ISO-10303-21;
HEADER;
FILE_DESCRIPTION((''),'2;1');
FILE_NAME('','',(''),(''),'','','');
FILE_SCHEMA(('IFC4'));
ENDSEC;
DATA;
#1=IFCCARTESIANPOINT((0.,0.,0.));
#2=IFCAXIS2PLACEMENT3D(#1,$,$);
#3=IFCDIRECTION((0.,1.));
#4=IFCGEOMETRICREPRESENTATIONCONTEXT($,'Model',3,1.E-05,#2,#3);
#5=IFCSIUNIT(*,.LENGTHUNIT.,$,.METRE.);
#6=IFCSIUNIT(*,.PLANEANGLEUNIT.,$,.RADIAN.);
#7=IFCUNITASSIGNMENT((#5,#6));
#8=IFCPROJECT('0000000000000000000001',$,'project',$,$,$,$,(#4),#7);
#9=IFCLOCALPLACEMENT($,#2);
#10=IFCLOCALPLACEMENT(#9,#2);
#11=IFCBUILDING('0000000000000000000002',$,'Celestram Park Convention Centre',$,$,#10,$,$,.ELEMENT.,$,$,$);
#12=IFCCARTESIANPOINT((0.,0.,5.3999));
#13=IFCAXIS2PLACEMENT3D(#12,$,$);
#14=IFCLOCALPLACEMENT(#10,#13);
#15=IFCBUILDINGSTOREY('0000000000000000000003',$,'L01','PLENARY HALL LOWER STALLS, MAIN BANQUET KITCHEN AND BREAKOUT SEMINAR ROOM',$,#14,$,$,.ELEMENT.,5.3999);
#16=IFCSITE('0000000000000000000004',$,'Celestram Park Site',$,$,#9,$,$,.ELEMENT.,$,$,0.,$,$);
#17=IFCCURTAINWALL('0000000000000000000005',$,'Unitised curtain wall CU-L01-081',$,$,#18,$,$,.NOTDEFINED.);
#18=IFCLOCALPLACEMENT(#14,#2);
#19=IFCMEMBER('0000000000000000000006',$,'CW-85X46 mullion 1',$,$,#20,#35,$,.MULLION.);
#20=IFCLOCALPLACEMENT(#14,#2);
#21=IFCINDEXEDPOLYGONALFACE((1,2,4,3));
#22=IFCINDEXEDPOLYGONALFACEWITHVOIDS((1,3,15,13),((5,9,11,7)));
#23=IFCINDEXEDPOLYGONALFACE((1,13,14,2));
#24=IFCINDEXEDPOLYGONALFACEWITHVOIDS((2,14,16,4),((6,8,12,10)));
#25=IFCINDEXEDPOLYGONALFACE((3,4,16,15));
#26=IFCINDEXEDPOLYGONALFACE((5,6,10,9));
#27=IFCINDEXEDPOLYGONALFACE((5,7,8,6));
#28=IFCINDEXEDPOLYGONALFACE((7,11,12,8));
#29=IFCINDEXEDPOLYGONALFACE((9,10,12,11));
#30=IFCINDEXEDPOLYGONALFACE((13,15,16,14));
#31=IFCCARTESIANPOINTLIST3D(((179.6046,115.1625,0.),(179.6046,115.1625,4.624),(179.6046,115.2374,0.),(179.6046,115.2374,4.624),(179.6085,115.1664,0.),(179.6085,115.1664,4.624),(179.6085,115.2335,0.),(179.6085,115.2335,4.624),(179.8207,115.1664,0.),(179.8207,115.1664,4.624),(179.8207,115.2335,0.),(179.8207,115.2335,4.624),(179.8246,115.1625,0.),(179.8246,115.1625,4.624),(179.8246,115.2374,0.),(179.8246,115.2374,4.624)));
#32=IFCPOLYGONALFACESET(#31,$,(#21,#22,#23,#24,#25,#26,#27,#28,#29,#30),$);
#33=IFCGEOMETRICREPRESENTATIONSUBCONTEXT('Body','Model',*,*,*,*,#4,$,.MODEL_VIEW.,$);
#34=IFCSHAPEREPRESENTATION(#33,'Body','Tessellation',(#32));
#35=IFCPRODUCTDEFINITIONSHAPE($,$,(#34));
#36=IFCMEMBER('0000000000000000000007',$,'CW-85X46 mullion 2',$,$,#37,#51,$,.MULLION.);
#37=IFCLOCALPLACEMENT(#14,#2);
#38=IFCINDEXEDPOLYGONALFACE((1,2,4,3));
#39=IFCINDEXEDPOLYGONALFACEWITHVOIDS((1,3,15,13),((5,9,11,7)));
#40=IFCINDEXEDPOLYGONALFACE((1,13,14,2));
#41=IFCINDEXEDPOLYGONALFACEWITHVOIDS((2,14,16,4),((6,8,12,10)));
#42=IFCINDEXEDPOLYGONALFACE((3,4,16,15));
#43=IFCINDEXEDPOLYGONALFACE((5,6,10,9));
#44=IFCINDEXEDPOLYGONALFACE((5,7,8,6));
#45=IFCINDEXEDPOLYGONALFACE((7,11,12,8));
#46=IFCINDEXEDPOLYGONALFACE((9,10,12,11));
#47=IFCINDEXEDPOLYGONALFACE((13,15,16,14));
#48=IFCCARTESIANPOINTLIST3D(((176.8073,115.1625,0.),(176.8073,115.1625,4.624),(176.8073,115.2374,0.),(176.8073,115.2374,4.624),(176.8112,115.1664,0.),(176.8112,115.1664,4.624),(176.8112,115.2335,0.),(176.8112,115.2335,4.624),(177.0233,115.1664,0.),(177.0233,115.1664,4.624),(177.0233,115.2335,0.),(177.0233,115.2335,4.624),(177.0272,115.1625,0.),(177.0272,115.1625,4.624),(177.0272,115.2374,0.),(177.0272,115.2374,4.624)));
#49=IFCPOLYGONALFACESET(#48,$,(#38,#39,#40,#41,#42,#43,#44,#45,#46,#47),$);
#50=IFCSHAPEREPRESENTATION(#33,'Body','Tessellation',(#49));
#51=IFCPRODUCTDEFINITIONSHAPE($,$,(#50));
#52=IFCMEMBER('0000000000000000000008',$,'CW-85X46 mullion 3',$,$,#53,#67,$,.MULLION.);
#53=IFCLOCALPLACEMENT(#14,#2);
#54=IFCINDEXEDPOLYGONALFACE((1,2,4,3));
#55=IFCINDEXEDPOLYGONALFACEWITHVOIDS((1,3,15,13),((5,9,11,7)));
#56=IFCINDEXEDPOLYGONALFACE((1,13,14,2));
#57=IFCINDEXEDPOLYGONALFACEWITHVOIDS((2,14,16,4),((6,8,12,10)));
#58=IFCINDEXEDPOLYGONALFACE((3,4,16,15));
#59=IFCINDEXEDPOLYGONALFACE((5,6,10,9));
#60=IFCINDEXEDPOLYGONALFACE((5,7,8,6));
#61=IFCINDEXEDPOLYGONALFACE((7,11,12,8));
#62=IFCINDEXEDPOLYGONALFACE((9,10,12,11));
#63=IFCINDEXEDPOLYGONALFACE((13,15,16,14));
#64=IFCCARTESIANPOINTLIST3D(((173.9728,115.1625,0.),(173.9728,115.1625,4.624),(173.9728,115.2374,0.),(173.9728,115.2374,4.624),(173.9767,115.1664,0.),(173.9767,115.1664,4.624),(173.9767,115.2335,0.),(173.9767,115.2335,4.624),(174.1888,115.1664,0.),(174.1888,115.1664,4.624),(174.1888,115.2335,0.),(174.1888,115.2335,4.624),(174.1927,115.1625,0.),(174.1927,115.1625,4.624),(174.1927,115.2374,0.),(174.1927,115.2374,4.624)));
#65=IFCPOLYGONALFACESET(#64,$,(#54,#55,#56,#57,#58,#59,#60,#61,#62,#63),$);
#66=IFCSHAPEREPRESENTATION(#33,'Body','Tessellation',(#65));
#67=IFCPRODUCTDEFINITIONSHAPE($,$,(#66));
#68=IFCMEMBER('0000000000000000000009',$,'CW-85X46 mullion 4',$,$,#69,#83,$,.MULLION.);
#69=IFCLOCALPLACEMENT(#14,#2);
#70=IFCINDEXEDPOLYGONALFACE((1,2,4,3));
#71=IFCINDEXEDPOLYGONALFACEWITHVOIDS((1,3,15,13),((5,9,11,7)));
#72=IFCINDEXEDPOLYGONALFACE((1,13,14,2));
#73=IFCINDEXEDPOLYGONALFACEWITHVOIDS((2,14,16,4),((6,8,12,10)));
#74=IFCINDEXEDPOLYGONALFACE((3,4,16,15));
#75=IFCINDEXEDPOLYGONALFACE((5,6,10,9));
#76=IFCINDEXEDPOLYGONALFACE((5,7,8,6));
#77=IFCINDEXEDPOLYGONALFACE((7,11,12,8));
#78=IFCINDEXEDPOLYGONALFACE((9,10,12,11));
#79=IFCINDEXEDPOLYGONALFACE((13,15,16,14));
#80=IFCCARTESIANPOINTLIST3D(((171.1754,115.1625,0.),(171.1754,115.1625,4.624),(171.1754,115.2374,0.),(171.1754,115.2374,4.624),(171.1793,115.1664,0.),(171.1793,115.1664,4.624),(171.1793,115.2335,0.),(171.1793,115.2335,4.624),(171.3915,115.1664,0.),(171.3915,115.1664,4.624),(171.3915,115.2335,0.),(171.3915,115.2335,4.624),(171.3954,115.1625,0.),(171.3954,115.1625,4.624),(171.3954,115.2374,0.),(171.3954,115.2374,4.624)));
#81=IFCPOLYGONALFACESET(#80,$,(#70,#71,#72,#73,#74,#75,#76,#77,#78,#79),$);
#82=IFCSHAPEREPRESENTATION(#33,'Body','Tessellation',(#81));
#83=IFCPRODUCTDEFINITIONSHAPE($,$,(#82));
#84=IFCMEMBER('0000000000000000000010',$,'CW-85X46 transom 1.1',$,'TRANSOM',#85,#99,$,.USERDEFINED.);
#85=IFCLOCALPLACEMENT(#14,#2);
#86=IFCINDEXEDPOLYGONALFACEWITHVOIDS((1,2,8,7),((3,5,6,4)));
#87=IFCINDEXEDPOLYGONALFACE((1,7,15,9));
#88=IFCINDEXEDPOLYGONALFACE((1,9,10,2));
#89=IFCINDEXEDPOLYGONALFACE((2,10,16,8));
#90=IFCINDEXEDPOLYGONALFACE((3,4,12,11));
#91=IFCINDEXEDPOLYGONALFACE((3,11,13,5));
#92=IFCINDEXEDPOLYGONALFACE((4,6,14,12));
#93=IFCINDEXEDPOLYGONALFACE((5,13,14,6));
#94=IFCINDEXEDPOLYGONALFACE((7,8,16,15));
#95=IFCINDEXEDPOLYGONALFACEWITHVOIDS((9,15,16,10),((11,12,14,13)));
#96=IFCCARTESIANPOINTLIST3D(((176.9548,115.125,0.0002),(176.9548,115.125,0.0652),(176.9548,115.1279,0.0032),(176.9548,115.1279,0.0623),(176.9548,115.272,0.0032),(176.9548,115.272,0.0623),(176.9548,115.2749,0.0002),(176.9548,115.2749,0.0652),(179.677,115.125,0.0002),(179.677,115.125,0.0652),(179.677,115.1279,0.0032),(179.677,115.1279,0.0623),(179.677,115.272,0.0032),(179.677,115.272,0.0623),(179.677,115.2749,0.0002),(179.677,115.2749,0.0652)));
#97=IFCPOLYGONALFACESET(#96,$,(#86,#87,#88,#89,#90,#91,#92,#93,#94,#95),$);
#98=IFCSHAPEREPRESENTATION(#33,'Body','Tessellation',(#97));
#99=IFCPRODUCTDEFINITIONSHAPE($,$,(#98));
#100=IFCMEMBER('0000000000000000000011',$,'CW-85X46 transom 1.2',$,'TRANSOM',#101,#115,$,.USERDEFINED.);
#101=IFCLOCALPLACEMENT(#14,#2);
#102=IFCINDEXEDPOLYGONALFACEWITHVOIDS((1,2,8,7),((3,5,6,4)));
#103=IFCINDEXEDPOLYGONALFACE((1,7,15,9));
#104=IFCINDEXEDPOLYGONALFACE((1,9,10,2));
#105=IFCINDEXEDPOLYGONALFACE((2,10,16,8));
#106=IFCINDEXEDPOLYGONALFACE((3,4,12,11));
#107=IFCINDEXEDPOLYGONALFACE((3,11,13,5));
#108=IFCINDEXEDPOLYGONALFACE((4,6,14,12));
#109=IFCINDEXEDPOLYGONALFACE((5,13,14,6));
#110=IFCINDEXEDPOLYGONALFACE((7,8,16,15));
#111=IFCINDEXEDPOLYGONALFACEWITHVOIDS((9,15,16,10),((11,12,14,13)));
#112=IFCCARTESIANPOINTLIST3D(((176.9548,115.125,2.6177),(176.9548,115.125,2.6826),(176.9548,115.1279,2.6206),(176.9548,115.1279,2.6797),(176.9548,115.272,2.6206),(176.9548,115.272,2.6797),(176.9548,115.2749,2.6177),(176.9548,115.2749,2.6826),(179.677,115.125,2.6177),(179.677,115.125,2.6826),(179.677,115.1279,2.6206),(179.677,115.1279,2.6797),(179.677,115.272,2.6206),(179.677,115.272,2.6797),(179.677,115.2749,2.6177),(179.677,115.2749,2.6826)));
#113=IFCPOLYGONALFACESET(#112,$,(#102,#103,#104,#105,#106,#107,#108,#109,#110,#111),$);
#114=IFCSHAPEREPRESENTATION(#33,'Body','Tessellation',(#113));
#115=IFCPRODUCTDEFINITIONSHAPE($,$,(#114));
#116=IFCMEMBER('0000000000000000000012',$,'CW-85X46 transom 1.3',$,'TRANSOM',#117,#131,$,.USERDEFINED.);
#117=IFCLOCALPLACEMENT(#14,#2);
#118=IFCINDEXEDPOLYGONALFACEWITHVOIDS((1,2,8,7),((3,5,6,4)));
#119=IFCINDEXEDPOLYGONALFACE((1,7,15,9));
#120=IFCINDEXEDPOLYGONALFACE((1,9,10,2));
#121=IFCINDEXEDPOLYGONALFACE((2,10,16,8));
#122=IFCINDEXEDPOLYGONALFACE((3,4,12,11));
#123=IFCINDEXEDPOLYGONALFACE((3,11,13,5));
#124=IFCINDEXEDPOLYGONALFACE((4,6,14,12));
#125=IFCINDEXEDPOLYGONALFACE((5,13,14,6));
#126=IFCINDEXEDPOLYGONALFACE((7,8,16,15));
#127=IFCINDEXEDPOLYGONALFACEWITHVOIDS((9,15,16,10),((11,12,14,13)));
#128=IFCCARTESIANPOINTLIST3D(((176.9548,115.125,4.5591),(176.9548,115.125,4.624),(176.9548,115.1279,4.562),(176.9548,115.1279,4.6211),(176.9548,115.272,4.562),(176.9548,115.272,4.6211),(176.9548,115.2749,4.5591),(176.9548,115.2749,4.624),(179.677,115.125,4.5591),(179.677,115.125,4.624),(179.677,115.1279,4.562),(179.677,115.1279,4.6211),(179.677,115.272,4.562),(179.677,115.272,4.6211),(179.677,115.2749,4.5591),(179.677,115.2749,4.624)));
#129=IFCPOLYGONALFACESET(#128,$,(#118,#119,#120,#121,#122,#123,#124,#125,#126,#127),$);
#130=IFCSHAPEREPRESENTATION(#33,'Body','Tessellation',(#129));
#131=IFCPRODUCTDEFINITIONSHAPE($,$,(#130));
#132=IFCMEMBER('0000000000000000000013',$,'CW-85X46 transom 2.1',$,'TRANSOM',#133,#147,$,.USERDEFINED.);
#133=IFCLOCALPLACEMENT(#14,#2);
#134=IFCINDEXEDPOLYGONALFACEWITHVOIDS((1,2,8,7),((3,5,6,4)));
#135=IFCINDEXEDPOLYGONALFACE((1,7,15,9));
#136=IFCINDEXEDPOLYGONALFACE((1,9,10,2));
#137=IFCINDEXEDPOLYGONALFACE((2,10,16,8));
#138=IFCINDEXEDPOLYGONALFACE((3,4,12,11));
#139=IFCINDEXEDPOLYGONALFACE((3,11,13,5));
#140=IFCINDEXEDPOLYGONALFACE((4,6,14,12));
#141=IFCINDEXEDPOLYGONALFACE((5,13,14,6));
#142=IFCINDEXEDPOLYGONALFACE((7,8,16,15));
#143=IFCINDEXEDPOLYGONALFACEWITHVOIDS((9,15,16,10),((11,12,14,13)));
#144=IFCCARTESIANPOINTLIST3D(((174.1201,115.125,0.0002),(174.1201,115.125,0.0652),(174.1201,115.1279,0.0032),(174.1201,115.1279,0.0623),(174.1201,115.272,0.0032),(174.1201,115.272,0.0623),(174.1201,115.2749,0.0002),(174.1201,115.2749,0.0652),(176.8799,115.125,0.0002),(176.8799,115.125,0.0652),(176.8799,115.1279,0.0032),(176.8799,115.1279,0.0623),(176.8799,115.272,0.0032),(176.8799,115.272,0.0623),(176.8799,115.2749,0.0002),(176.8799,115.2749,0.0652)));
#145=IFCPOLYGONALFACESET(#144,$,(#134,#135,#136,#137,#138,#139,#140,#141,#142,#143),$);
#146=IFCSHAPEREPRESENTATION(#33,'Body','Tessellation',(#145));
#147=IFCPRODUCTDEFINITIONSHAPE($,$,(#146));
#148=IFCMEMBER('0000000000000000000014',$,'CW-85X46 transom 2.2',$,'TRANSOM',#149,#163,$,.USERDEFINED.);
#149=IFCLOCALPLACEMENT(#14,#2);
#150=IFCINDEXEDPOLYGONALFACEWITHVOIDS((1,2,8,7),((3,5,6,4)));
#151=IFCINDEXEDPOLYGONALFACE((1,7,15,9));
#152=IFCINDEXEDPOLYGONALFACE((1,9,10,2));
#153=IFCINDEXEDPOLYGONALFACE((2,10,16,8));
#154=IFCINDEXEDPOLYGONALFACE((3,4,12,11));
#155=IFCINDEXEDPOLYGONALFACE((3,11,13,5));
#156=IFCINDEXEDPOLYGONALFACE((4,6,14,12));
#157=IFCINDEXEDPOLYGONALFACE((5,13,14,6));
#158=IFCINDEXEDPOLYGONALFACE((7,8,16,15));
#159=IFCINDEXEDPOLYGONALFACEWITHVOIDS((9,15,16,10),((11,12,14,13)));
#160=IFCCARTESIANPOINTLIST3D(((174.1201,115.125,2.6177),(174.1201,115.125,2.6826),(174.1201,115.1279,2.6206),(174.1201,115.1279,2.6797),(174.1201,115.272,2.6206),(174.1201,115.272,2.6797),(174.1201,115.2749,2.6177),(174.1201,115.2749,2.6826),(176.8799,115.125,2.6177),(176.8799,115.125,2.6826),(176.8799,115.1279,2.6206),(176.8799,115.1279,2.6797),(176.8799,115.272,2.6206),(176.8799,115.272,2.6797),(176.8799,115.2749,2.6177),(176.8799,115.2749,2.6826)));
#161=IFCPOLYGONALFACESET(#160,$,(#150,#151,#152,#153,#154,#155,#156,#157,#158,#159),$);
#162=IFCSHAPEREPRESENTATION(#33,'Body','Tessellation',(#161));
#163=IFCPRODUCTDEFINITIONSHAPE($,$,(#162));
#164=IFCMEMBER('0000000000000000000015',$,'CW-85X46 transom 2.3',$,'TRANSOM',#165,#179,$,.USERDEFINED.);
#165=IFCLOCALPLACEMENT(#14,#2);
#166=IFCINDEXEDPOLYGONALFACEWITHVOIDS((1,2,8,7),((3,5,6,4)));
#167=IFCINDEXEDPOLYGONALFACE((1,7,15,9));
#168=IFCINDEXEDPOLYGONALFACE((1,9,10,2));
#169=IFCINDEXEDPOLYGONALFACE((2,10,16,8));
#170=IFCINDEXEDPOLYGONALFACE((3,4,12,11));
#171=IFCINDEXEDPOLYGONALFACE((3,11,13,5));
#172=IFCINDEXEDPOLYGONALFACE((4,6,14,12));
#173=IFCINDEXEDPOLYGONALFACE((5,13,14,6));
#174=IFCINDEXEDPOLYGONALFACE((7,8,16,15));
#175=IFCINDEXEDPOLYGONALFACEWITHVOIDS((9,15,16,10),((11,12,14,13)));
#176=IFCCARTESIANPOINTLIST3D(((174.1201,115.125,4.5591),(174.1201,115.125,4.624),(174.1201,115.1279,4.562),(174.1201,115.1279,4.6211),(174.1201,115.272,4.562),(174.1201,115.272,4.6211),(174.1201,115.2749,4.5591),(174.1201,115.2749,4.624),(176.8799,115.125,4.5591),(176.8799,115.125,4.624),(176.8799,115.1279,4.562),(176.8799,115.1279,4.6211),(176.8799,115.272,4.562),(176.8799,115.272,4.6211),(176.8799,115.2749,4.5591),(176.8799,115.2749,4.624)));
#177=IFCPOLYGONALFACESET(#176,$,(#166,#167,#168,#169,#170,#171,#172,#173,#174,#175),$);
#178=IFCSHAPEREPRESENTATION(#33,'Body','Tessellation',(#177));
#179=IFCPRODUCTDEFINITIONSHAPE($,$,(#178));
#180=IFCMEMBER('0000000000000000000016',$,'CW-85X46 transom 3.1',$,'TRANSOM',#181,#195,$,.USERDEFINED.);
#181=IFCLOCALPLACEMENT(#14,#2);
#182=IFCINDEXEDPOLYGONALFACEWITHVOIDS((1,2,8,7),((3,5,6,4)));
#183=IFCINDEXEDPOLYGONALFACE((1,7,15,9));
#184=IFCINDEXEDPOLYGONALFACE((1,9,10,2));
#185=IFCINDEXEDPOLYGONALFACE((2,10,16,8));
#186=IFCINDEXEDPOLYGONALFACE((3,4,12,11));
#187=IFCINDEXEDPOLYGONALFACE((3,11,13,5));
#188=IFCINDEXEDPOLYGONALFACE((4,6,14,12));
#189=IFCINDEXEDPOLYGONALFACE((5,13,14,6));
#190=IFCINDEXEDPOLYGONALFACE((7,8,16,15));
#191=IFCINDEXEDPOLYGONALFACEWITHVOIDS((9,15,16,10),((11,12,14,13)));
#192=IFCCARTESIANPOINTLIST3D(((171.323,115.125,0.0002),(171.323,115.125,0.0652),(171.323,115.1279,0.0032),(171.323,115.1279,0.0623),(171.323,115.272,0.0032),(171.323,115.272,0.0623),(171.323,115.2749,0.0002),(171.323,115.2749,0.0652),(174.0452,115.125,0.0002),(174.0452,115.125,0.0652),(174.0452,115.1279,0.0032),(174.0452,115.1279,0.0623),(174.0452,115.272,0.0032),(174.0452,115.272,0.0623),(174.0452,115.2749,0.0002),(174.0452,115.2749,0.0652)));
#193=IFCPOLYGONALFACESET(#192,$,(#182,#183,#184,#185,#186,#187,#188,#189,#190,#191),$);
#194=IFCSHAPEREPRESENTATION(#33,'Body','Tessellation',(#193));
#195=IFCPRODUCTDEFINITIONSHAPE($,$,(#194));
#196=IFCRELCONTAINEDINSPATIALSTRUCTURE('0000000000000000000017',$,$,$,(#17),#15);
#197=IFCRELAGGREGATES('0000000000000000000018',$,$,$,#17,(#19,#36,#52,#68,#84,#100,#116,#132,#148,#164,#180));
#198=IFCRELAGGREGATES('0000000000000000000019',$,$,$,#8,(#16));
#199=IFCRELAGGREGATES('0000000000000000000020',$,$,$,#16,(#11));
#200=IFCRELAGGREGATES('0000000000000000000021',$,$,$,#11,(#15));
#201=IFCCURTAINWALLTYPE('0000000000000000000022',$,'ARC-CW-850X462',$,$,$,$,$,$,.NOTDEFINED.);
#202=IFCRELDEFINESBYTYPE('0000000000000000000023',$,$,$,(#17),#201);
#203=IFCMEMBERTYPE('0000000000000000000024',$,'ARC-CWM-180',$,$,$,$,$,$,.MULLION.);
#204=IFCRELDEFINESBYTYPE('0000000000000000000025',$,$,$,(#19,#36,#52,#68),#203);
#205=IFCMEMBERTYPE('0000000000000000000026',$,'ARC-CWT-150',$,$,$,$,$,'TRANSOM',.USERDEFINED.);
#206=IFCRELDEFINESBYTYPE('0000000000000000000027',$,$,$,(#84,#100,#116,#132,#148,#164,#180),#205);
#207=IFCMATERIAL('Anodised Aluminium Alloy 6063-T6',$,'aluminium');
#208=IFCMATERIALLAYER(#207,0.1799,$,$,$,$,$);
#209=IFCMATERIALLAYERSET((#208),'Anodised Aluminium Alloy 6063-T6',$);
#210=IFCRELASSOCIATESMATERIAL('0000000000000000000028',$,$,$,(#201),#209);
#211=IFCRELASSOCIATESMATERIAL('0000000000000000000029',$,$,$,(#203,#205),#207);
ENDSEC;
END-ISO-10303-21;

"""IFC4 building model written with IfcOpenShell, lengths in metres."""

from ifc_helpers import new_model, si_unit, direction, frame, origin, origin_2d, place, context, subcontext, project, spatial, hollow_rectangle, extrude, material, layer, layer_set, material_profile, profile_set, type_object, element, aggregate, save


model = new_model("IFC4")

# Units and contexts
model_context = context("Model", 3, precision=1e-05, world=origin(), true_north=direction((0.0, 1.0)))
body_context = subcontext(model_context, "Body", "Model", "MODEL_VIEW")
ifc_project = project(units=[si_unit("LENGTHUNIT", "METRE"), si_unit("PLANEANGLEUNIT", "RADIAN")], contexts=[model_context])

# Site, building, storey
site_placement = place(None, origin())
site = spatial("IfcSite", under=ifc_project, at=site_placement, Name="Celestram Park Site", CompositionType="ELEMENT", RefElevation=0.0)
building_placement = place(site_placement, origin())
building = spatial("IfcBuilding", under=site, at=building_placement, Name="Celestram Park Convention Centre", CompositionType="ELEMENT")
storey_placement = place(building_placement, frame((0.0, 0.0, 5.3999)))
storey = spatial("IfcBuildingStorey", under=building, at=storey_placement, Name="L01", Description="PLENARY HALL LOWER STALLS, MAIN BANQUET KITCHEN AND BREAKOUT SEMINAR ROOM", CompositionType="ELEMENT", Elevation=5.3999)

# Curtain wall, members
ifc_material_1 = material(Name="Anodised Aluminium Alloy 6063-T6", Category="aluminium")
ifc_layer_1 = layer(ifc_material_1, 0.1799)
ifc_layer_set_1 = layer_set([ifc_layer_1], Name="Anodised Aluminium Alloy 6063-T6")
curtain_wall_type = type_object("IfcCurtainWallType", Name="ARC-CW-850X462", PredefinedType="NOTDEFINED", material=ifc_layer_set_1)
curtain_wall_placement = place(storey_placement, origin())
curtain_wall = element("IfcCurtainWall", 1, at=curtain_wall_placement, inside=storey, type_object=curtain_wall_type, Name="Unitised curtain wall CU-L01-081", PredefinedType="NOTDEFINED")
ifc_material_profile_1 = material_profile(ifc_material_1, hollow_rectangle(XDim=0.075, YDim=0.22, WallThickness=0.0039, at=origin_2d()), Name="ALU75X220X4")
ifc_profile_set_1 = profile_set([ifc_material_profile_1], Name="Anodised Aluminium Alloy 6063-T6")
member_type_1 = type_object("IfcMemberType", Name="ARC-CWM-180", PredefinedType="MULLION", material=ifc_profile_set_1)
member_1_placement = place(storey_placement, frame((179.7146, 115.2, 0.0), z_axis=(0.0, 0.0, 1.0), x_axis=(0.0, -1.0, 0.0)))
member_1 = element("IfcMember", 2, at=member_1_placement, type_object=member_type_1, Name="CW-85X46 mullion 1", PredefinedType="MULLION", context=body_context, shape_type="SweptSolid", body=[
    extrude(hollow_rectangle(XDim=0.075, YDim=0.22, WallThickness=0.0039, at=origin_2d()), origin(), (0.0, 0.0, 1.0), 4.624),
])
member_2_placement = place(storey_placement, frame((176.9172, 115.2, 0.0), z_axis=(0.0, 0.0, 1.0), x_axis=(0.0, -1.0, 0.0)))
member_2 = element("IfcMember", 3, at=member_2_placement, type_object=member_type_1, Name="CW-85X46 mullion 2", PredefinedType="MULLION", context=body_context, shape_type="SweptSolid", body=[
    extrude(hollow_rectangle(XDim=0.075, YDim=0.22, WallThickness=0.0039, at=origin_2d()), origin(), (0.0, 0.0, 1.0), 4.624),
])
member_3_placement = place(storey_placement, frame((174.0828, 115.2, 0.0), z_axis=(0.0, 0.0, 1.0), x_axis=(0.0, -1.0, 0.0)))
member_3 = element("IfcMember", 4, at=member_3_placement, type_object=member_type_1, Name="CW-85X46 mullion 3", PredefinedType="MULLION", context=body_context, shape_type="SweptSolid", body=[
    extrude(hollow_rectangle(XDim=0.075, YDim=0.22, WallThickness=0.0039, at=origin_2d()), origin(), (0.0, 0.0, 1.0), 4.624),
])
member_4_placement = place(storey_placement, frame((171.2854, 115.2, 0.0), z_axis=(0.0, 0.0, 1.0), x_axis=(0.0, -1.0, 0.0)))
member_4 = element("IfcMember", 5, at=member_4_placement, type_object=member_type_1, Name="CW-85X46 mullion 4", PredefinedType="MULLION", context=body_context, shape_type="SweptSolid", body=[
    extrude(hollow_rectangle(XDim=0.075, YDim=0.22, WallThickness=0.0039, at=origin_2d()), origin(), (0.0, 0.0, 1.0), 4.624),
])
ifc_material_profile_2 = material_profile(ifc_material_1, hollow_rectangle(XDim=0.1499, YDim=0.0649, WallThickness=0.0029, at=origin_2d()), Name="ALU150X65X3")
ifc_profile_set_2 = profile_set([ifc_material_profile_2], Name="Anodised Aluminium Alloy 6063-T6")
member_type_2 = type_object("IfcMemberType", Name="ARC-CWT-150", ElementType="TRANSOM", PredefinedType="USERDEFINED", material=ifc_profile_set_2)
member_5_placement = place(storey_placement, frame((179.677, 115.2, 0.0327), z_axis=(-1.0, 0.0, 0.0), x_axis=(0.0, -1.0, 0.0)))
member_5 = element("IfcMember", 6, at=member_5_placement, type_object=member_type_2, Name="CW-85X46 transom 1.1", ObjectType="TRANSOM", PredefinedType="USERDEFINED", context=body_context, shape_type="SweptSolid", body=[
    extrude(hollow_rectangle(XDim=0.1499, YDim=0.0649, WallThickness=0.0029, at=origin_2d()), origin(), (0.0, 0.0, 1.0), 2.7222),
])
member_6_placement = place(storey_placement, frame((179.677, 115.2, 2.6501), z_axis=(-1.0, 0.0, 0.0), x_axis=(0.0, -1.0, 0.0)))
member_6 = element("IfcMember", 7, at=member_6_placement, type_object=member_type_2, Name="CW-85X46 transom 1.2", ObjectType="TRANSOM", PredefinedType="USERDEFINED", context=body_context, shape_type="SweptSolid", body=[
    extrude(hollow_rectangle(XDim=0.1499, YDim=0.0649, WallThickness=0.0029, at=origin_2d()), origin(), (0.0, 0.0, 1.0), 2.7222),
])
member_7_placement = place(storey_placement, frame((179.677, 115.2, 4.5916), z_axis=(-1.0, 0.0, 0.0), x_axis=(0.0, -1.0, 0.0)))
member_7 = element("IfcMember", 8, at=member_7_placement, type_object=member_type_2, Name="CW-85X46 transom 1.3", ObjectType="TRANSOM", PredefinedType="USERDEFINED", context=body_context, shape_type="SweptSolid", body=[
    extrude(hollow_rectangle(XDim=0.1499, YDim=0.0649, WallThickness=0.0029, at=origin_2d()), origin(), (0.0, 0.0, 1.0), 2.7222),
])
member_8_placement = place(storey_placement, frame((176.8799, 115.2, 0.0327), z_axis=(-1.0, 0.0, 0.0), x_axis=(0.0, -1.0, 0.0)))
member_8 = element("IfcMember", 9, at=member_8_placement, type_object=member_type_2, Name="CW-85X46 transom 2.1", ObjectType="TRANSOM", PredefinedType="USERDEFINED", context=body_context, shape_type="SweptSolid", body=[
    extrude(hollow_rectangle(XDim=0.1499, YDim=0.0649, WallThickness=0.0029, at=origin_2d()), origin(), (0.0, 0.0, 1.0), 2.7598),
])
member_9_placement = place(storey_placement, frame((176.8799, 115.2, 2.6501), z_axis=(-1.0, 0.0, 0.0), x_axis=(0.0, -1.0, 0.0)))
member_9 = element("IfcMember", 10, at=member_9_placement, type_object=member_type_2, Name="CW-85X46 transom 2.2", ObjectType="TRANSOM", PredefinedType="USERDEFINED", context=body_context, shape_type="SweptSolid", body=[
    extrude(hollow_rectangle(XDim=0.1499, YDim=0.0649, WallThickness=0.0029, at=origin_2d()), origin(), (0.0, 0.0, 1.0), 2.7598),
])
member_10_placement = place(storey_placement, frame((176.8799, 115.2, 4.5916), z_axis=(-1.0, 0.0, 0.0), x_axis=(0.0, -1.0, 0.0)))
member_10 = element("IfcMember", 11, at=member_10_placement, type_object=member_type_2, Name="CW-85X46 transom 2.3", ObjectType="TRANSOM", PredefinedType="USERDEFINED", context=body_context, shape_type="SweptSolid", body=[
    extrude(hollow_rectangle(XDim=0.1499, YDim=0.0649, WallThickness=0.0029, at=origin_2d()), origin(), (0.0, 0.0, 1.0), 2.7598),
])
member_11_placement = place(storey_placement, frame((174.0452, 115.2, 0.0327), z_axis=(-1.0, 0.0, 0.0), x_axis=(0.0, -1.0, 0.0)))
member_11 = element("IfcMember", 12, at=member_11_placement, type_object=member_type_2, Name="CW-85X46 transom 3.1", ObjectType="TRANSOM", PredefinedType="USERDEFINED", context=body_context, shape_type="SweptSolid", body=[
    extrude(hollow_rectangle(XDim=0.1499, YDim=0.0649, WallThickness=0.0029, at=origin_2d()), origin(), (0.0, 0.0, 1.0), 2.7222),
])

aggregate(curtain_wall, [member_1, member_2, member_3, member_4, member_5, member_6, member_7, member_8, member_9, member_10, member_11])

save(model, "model.ifc")
